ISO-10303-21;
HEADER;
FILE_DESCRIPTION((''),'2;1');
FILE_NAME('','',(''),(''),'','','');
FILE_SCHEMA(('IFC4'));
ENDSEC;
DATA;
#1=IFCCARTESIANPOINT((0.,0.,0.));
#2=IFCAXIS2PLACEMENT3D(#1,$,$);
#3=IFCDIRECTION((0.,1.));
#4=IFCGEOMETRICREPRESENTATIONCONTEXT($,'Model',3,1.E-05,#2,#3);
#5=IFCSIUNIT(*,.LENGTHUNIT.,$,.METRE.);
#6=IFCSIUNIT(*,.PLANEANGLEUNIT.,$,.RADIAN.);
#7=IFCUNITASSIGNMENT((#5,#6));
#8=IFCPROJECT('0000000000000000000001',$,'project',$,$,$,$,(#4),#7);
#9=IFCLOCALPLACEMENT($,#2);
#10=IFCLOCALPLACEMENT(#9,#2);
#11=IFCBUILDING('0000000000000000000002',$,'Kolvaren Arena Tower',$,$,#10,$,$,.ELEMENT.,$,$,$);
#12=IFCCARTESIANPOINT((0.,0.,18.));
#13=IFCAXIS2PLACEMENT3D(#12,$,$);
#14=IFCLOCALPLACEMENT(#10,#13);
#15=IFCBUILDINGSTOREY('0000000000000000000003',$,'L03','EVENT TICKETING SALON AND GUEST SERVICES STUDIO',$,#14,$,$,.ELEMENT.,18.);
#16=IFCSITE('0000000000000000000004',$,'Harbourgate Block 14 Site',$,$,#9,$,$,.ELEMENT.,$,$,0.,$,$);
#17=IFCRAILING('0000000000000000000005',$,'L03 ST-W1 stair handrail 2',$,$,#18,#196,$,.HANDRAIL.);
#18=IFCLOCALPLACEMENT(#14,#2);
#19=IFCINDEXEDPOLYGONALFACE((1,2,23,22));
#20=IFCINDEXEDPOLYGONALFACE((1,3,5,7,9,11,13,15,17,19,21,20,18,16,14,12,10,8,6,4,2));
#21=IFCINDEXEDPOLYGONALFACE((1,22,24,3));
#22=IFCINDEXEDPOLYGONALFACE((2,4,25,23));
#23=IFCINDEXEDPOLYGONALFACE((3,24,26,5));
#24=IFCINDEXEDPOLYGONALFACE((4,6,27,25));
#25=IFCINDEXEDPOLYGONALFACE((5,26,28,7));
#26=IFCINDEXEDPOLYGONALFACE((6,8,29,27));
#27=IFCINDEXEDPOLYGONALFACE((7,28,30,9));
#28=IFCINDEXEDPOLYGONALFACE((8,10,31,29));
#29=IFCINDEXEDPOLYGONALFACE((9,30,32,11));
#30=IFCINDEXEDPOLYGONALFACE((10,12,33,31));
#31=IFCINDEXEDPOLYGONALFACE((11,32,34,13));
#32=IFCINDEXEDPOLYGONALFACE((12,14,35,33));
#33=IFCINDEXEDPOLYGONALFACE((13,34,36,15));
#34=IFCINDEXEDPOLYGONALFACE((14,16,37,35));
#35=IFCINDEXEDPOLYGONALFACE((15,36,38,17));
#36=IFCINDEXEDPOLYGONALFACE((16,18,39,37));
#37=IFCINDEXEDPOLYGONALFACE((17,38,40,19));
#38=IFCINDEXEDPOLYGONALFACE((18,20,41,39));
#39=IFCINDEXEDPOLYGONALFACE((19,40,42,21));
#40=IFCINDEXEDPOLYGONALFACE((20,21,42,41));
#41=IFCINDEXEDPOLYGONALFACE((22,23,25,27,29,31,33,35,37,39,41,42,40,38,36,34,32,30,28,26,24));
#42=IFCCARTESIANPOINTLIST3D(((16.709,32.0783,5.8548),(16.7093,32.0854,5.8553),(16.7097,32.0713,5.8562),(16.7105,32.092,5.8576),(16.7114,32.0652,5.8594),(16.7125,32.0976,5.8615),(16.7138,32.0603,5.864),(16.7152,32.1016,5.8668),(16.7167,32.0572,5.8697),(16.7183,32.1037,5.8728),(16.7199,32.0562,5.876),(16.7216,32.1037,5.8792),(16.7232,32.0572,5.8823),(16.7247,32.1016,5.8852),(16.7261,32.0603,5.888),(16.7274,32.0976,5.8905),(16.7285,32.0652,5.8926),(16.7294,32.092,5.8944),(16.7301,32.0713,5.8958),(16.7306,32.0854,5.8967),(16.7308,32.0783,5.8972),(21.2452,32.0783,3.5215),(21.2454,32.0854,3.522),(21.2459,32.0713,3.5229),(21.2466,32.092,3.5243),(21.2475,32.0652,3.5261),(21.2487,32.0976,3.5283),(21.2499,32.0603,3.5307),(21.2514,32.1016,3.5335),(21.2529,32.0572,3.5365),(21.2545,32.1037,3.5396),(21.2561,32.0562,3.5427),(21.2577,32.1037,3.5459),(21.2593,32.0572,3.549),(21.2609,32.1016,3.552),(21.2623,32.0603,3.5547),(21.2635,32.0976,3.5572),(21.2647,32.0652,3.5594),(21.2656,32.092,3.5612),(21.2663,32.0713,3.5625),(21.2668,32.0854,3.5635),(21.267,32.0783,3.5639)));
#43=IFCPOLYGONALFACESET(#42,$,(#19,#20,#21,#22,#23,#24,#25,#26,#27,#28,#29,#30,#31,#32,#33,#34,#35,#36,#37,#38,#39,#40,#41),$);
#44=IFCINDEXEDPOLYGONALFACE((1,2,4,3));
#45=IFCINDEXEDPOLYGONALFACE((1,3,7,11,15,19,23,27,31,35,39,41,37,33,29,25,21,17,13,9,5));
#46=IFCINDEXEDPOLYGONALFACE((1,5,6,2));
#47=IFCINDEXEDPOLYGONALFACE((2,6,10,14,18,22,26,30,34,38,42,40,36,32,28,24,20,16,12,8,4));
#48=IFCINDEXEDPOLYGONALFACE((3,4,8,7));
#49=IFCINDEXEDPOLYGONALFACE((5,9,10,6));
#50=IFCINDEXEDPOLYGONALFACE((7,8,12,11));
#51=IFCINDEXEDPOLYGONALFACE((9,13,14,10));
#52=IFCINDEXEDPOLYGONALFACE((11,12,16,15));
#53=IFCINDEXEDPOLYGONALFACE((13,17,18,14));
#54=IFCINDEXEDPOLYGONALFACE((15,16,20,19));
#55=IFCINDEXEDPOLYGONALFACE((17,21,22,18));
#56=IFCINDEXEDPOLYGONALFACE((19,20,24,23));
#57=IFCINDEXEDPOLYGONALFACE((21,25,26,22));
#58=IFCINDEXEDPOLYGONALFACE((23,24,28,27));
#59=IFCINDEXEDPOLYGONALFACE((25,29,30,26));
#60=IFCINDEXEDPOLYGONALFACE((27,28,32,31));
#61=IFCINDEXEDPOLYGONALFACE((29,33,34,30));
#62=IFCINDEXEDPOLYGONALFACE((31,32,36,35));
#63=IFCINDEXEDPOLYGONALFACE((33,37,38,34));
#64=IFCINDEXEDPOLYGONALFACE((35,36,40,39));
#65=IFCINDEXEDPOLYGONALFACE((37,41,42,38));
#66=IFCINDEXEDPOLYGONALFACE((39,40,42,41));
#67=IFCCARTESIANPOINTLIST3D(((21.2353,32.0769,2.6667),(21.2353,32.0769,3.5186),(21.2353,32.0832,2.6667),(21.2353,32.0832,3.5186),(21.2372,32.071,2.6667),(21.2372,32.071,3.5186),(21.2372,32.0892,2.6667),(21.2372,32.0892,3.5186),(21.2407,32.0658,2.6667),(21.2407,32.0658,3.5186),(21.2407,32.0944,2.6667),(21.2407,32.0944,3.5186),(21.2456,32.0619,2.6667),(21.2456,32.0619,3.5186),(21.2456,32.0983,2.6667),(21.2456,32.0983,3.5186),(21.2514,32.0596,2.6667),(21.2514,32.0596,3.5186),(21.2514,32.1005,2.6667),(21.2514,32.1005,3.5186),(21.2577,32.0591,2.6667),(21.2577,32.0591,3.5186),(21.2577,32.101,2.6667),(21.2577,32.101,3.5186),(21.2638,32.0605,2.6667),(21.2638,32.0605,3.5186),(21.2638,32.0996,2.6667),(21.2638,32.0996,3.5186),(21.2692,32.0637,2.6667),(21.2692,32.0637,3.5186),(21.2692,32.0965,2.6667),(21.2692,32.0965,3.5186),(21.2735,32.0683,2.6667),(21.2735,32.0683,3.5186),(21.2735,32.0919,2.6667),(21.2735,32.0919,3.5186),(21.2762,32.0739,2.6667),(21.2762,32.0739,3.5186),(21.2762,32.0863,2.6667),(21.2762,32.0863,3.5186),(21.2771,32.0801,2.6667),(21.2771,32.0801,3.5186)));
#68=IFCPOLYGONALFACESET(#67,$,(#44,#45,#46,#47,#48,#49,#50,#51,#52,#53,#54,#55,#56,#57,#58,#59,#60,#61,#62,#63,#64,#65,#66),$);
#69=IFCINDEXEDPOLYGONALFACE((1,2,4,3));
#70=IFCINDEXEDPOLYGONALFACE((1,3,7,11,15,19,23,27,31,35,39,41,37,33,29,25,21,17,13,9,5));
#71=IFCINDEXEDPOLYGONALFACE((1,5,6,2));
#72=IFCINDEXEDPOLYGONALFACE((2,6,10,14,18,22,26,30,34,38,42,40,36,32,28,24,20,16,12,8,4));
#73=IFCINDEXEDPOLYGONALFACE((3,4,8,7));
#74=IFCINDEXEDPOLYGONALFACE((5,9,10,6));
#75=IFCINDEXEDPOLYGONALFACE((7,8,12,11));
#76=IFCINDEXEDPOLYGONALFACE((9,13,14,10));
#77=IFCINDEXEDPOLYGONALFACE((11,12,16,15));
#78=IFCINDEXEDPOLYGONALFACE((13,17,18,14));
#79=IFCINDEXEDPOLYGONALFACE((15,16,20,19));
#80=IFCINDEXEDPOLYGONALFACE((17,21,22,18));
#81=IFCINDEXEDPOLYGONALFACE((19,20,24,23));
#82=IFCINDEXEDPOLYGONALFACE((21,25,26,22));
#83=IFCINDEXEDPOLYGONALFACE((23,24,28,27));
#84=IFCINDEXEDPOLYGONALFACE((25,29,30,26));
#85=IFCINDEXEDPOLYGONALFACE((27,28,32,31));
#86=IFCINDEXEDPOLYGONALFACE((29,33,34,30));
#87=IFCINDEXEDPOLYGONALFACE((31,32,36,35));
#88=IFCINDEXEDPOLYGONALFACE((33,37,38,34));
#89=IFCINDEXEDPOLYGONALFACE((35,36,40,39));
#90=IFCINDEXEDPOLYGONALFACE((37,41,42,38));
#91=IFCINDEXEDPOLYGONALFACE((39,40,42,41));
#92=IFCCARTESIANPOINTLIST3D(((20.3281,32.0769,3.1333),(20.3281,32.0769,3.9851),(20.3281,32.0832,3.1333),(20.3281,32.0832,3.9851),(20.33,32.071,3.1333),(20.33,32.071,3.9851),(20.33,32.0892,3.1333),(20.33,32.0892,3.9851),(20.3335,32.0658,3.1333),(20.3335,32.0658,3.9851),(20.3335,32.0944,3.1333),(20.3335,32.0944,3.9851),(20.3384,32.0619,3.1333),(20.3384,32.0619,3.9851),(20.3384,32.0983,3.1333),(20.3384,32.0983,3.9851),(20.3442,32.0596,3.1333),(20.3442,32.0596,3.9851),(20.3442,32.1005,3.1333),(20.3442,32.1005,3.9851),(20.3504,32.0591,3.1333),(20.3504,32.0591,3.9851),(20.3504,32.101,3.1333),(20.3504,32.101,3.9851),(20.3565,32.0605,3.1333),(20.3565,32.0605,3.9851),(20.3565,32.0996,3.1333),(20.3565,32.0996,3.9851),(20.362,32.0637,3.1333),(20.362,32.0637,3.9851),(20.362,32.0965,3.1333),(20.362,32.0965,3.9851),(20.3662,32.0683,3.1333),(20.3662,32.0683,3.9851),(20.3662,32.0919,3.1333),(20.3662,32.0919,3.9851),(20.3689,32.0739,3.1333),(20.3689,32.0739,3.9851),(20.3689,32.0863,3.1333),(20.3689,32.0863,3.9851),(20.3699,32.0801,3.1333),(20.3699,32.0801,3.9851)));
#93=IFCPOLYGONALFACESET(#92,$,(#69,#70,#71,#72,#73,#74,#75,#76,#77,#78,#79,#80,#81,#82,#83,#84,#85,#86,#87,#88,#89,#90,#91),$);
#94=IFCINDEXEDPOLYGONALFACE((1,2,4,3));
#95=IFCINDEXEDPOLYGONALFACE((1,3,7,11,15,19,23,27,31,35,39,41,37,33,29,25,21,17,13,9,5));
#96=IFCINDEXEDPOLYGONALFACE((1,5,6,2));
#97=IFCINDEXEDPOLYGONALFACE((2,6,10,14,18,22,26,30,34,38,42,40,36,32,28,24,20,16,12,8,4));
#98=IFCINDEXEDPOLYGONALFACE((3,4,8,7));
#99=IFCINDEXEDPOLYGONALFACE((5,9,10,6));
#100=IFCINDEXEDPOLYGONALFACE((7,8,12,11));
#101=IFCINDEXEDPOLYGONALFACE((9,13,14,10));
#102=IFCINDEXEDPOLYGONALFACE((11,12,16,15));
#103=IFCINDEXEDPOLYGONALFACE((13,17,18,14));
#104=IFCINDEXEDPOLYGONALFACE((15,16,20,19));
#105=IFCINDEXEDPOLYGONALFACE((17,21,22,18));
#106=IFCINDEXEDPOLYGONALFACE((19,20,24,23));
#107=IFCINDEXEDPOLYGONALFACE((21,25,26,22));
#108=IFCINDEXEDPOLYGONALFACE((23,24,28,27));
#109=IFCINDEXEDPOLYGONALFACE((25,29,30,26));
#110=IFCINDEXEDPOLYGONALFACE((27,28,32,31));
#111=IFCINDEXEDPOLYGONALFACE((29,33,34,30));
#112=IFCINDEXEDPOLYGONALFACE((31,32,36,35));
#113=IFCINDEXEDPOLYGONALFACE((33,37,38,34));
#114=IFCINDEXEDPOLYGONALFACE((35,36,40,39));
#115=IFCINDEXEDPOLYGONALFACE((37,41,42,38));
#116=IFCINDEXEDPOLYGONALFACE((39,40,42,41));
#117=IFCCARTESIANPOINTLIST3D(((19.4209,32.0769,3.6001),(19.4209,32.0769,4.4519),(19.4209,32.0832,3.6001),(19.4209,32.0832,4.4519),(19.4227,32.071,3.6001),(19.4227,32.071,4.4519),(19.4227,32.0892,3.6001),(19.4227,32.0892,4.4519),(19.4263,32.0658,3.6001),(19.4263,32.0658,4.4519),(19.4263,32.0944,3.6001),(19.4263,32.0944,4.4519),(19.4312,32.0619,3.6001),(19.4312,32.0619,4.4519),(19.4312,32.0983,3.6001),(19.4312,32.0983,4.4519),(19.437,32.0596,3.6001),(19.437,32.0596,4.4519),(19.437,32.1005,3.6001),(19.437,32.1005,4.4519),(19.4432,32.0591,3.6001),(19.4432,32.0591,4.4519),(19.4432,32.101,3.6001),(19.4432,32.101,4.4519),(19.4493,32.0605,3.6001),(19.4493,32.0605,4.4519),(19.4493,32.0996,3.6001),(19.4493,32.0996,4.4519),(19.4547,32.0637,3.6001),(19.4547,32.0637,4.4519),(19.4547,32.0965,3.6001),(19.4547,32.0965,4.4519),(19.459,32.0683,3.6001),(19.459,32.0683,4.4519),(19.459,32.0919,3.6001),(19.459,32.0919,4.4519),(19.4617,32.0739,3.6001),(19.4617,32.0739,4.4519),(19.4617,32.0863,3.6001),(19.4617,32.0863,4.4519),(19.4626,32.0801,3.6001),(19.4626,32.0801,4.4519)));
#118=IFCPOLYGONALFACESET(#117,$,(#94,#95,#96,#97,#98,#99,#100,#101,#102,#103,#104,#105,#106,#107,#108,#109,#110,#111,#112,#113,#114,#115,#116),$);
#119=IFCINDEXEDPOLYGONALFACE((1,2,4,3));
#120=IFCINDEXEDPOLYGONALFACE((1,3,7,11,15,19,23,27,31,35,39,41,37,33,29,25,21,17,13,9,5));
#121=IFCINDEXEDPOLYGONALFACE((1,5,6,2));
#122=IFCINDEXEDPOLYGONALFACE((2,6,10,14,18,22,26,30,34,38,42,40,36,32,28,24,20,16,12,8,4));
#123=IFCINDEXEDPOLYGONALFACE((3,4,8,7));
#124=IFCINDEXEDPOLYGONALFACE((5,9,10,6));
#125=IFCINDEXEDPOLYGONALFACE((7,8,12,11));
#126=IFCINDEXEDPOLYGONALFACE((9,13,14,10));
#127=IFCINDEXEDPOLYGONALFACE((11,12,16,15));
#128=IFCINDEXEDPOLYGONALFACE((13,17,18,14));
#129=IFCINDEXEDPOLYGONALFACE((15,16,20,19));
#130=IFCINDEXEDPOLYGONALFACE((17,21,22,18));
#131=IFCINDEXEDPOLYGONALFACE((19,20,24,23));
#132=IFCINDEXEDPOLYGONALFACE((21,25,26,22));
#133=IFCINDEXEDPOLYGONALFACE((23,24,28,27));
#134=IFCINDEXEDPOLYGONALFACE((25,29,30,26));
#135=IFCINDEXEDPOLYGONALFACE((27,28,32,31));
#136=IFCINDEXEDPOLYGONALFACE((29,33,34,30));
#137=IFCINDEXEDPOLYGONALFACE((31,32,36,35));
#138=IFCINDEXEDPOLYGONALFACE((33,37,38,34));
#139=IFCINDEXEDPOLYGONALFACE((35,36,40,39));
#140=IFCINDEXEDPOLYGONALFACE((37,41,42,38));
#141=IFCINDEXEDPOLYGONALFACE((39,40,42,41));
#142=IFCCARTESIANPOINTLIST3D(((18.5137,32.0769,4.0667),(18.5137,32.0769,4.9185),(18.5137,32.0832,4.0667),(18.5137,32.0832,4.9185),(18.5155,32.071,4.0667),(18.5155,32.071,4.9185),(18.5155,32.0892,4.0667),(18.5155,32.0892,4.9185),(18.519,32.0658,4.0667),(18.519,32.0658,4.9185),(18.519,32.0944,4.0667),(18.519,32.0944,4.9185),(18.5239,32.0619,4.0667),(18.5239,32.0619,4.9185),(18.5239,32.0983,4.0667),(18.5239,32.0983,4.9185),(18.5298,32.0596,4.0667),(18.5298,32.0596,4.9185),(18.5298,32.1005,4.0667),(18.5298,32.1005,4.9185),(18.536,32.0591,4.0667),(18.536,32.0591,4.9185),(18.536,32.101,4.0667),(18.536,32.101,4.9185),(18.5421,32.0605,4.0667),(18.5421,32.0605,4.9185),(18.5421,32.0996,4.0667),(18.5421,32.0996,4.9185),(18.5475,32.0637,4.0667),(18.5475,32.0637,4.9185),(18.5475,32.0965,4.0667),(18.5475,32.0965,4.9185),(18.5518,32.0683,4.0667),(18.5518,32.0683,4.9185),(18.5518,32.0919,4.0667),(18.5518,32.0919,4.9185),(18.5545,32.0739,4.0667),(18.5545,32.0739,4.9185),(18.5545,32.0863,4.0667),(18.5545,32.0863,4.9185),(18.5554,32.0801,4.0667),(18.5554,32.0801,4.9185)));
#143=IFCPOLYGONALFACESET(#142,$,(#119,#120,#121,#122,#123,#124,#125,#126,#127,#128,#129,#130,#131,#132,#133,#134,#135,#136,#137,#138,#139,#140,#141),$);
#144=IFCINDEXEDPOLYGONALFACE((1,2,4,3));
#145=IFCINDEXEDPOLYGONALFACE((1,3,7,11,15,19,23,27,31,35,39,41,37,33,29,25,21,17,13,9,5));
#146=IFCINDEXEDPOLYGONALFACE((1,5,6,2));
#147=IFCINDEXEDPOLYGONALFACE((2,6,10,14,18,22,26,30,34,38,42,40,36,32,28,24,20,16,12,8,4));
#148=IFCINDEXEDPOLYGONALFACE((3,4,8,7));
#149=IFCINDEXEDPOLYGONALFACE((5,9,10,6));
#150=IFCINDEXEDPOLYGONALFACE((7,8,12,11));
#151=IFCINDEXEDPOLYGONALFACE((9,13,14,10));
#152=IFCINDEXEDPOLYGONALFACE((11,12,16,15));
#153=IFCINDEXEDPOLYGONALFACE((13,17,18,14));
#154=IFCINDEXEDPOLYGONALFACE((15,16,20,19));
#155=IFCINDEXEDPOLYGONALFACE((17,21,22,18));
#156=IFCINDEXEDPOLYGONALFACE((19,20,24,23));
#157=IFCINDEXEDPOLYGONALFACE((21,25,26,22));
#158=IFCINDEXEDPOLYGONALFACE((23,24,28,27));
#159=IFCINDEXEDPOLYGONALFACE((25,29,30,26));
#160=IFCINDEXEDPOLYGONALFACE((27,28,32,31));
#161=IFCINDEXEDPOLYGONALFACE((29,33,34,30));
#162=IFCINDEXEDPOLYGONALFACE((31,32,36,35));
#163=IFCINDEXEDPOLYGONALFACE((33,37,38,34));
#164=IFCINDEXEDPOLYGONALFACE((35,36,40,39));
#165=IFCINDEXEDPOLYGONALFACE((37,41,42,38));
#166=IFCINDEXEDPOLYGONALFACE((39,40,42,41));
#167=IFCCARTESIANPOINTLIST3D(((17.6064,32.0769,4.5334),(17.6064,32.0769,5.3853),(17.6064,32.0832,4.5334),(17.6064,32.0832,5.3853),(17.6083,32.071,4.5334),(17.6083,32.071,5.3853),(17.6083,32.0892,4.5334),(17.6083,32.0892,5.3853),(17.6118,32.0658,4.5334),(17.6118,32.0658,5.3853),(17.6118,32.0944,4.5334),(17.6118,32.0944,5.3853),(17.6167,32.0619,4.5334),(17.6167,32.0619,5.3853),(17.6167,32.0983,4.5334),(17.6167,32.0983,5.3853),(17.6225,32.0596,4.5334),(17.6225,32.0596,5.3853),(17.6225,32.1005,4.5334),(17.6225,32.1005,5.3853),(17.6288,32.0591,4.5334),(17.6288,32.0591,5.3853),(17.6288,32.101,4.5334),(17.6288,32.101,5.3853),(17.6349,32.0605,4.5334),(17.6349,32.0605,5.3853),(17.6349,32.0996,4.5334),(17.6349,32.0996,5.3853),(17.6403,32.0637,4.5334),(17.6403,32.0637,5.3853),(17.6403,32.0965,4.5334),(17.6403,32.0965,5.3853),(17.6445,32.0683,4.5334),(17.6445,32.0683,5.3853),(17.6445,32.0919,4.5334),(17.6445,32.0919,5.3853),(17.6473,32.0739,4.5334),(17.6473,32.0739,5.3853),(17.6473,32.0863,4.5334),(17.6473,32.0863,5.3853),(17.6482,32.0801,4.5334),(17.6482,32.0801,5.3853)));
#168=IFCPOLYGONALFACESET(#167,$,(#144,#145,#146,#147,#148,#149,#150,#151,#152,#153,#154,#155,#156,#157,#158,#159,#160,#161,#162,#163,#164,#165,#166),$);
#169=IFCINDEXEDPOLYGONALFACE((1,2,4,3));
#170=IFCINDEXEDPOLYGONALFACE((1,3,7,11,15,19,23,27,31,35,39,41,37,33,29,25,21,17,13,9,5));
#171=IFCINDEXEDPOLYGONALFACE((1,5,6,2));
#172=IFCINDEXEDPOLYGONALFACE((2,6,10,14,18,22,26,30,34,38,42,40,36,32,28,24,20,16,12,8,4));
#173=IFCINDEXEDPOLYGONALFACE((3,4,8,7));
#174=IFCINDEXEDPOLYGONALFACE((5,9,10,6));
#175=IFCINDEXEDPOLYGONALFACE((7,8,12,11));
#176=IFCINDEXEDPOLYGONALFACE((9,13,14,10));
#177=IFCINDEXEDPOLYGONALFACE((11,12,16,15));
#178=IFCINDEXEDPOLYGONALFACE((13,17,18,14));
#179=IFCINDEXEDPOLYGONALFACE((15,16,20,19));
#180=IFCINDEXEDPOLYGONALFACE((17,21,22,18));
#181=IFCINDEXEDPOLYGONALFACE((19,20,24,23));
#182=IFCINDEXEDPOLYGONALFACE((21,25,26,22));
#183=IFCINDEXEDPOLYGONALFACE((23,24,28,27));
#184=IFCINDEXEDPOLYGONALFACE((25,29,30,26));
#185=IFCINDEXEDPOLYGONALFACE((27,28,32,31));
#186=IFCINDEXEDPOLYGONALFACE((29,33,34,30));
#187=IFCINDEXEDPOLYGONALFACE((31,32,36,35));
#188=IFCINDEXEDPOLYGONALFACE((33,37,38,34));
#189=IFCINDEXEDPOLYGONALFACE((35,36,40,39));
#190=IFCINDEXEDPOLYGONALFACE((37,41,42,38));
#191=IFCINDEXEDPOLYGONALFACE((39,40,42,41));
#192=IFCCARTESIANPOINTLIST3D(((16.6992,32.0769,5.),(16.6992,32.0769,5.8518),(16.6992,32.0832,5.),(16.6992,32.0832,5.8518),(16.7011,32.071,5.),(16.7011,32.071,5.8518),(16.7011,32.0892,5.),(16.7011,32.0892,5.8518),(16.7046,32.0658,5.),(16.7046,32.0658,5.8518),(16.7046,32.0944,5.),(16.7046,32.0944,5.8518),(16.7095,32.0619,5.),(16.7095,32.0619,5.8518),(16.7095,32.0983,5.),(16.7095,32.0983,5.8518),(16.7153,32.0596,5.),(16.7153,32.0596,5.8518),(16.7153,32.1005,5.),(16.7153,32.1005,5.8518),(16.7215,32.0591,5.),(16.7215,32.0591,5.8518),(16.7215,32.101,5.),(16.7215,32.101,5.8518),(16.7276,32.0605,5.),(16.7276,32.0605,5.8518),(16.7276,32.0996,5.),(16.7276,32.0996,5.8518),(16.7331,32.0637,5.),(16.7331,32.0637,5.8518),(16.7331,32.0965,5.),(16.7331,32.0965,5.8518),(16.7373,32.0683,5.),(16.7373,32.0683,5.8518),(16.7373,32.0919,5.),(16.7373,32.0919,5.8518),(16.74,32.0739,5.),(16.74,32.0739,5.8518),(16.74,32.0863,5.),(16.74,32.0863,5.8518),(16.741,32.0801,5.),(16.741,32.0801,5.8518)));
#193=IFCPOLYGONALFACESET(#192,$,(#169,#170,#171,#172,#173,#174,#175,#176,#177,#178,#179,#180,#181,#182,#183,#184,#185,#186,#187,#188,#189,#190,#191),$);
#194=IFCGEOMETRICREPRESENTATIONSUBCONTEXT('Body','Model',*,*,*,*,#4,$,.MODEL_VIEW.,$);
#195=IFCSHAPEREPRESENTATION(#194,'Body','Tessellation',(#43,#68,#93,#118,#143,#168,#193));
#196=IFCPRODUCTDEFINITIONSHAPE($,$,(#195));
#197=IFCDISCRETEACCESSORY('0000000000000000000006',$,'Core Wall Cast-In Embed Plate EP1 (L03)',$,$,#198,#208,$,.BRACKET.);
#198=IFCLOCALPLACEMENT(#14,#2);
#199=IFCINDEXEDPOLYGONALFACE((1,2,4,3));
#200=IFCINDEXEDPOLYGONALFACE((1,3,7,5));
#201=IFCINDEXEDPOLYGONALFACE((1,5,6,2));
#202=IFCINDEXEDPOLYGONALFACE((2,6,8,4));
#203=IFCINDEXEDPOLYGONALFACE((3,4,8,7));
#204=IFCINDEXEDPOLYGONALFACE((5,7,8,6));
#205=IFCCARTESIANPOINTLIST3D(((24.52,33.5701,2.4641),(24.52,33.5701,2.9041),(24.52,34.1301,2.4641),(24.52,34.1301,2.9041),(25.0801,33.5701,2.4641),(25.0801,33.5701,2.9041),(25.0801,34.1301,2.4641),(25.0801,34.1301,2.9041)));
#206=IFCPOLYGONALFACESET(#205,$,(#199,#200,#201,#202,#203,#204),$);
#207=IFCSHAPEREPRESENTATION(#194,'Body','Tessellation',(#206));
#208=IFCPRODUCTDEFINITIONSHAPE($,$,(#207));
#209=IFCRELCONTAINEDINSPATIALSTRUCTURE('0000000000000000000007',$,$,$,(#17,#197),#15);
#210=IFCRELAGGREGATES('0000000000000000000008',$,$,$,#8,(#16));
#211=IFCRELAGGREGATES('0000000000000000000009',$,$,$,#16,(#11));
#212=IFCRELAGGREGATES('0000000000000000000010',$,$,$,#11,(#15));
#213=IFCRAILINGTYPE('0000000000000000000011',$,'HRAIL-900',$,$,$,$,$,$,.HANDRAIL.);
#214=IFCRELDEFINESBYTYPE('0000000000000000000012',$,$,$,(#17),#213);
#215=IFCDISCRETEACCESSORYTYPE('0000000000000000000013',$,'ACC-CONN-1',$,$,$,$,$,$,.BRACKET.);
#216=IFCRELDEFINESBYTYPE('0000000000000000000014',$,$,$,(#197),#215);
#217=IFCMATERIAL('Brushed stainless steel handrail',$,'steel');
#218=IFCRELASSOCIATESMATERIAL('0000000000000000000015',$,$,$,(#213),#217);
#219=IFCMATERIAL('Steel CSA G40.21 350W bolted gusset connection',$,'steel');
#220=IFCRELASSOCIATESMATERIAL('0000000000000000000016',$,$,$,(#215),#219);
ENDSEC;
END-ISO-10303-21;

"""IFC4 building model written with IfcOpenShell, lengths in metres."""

from ifc_helpers import new_model, si_unit, direction, frame, origin, origin_2d, place, context, subcontext, project, spatial, rectangle, circle, extrude, material, type_object, element, save


model = new_model("IFC4")

# Units and contexts
model_context = context("Model", 3, precision=1e-05, world=origin(), true_north=direction((0.0, 1.0)))
body_context = subcontext(model_context, "Body", "Model", "MODEL_VIEW")
ifc_project = project(units=[si_unit("LENGTHUNIT", "METRE"), si_unit("PLANEANGLEUNIT", "RADIAN")], contexts=[model_context])

# Site, building, storey
site_placement = place(None, origin())
site = spatial("IfcSite", under=ifc_project, at=site_placement, Name="Harbourgate Block 14 Site", CompositionType="ELEMENT", RefElevation=0.0)
building_placement = place(site_placement, origin())
building = spatial("IfcBuilding", under=site, at=building_placement, Name="Kolvaren Arena Tower", CompositionType="ELEMENT")
storey_placement = place(building_placement, frame((0.0, 0.0, 18.0)))
storey = spatial("IfcBuildingStorey", under=building, at=storey_placement, Name="L03", Description="EVENT TICKETING SALON AND GUEST SERVICES STUDIO", CompositionType="ELEMENT", Elevation=18.0)

# Railing
ifc_material_1 = material(Name="Brushed stainless steel handrail", Category="steel")
railing_type_1 = type_object("IfcRailingType", Name="HRAIL-900", PredefinedType="HANDRAIL", material=ifc_material_1)
railing_1_placement = place(storey_placement, frame((21.2561, 32.0801, 2.6667)))
element("IfcRailing", 1, at=railing_1_placement, inside=storey, type_object=railing_type_1, Name="L03 ST-W1 stair handrail 2", PredefinedType="HANDRAIL", context=body_context, shape_type="SweptSolid", body=[
    extrude(circle(Radius=0.0239, at=origin_2d()), frame((0.0, 0.0, 0.876), z_axis=(-0.889257, 0.0, 0.457407), x_axis=(0.0, -1.0, 0.0)), (0.0, 0.0, 1.0), 5.1011),
    extrude(circle(Radius=0.021, at=origin_2d()), origin(), (0.0, 0.0, 1.0), 0.8518),
    extrude(circle(Radius=0.021, at=origin_2d()), frame((-0.9072, 0.0, 0.4666)), (0.0, 0.0, 1.0), 0.8518),
    extrude(circle(Radius=0.021, at=origin_2d()), frame((-1.8145, 0.0, 0.9333)), (0.0, 0.0, 1.0), 0.8518),
    extrude(circle(Radius=0.021, at=origin_2d()), frame((-2.7217, 0.0, 1.3999)), (0.0, 0.0, 1.0), 0.8518),
    extrude(circle(Radius=0.021, at=origin_2d()), frame((-3.6289, 0.0, 1.8667)), (0.0, 0.0, 1.0), 0.8518),
    extrude(circle(Radius=0.021, at=origin_2d()), frame((-4.5361, 0.0, 2.3333)), (0.0, 0.0, 1.0), 0.8518),
])

# Discrete accessory
ifc_material_2 = material(Name="Steel CSA G40.21 350W bolted gusset connection", Category="steel")
discrete_accessory_type = type_object("IfcDiscreteAccessoryType", Name="ACC-CONN-1", PredefinedType="BRACKET", material=ifc_material_2)
discrete_accessory_placement = place(storey_placement, frame((24.8, 33.8501, 2.4641), z_axis=(0.0, 0.0, 1.0), x_axis=(1.0, 0.0, 0.0)))
element("IfcDiscreteAccessory", 2, at=discrete_accessory_placement, inside=storey, type_object=discrete_accessory_type, Name="Core Wall Cast-In Embed Plate EP1 (L03)", PredefinedType="BRACKET", context=body_context, shape_type="SweptSolid", body=[
    extrude(rectangle(XDim=0.5601, YDim=0.5601, at=origin_2d()), origin(), (0.0, 0.0, 1.0), 0.4399),
])

save(model, "model.ifc")
